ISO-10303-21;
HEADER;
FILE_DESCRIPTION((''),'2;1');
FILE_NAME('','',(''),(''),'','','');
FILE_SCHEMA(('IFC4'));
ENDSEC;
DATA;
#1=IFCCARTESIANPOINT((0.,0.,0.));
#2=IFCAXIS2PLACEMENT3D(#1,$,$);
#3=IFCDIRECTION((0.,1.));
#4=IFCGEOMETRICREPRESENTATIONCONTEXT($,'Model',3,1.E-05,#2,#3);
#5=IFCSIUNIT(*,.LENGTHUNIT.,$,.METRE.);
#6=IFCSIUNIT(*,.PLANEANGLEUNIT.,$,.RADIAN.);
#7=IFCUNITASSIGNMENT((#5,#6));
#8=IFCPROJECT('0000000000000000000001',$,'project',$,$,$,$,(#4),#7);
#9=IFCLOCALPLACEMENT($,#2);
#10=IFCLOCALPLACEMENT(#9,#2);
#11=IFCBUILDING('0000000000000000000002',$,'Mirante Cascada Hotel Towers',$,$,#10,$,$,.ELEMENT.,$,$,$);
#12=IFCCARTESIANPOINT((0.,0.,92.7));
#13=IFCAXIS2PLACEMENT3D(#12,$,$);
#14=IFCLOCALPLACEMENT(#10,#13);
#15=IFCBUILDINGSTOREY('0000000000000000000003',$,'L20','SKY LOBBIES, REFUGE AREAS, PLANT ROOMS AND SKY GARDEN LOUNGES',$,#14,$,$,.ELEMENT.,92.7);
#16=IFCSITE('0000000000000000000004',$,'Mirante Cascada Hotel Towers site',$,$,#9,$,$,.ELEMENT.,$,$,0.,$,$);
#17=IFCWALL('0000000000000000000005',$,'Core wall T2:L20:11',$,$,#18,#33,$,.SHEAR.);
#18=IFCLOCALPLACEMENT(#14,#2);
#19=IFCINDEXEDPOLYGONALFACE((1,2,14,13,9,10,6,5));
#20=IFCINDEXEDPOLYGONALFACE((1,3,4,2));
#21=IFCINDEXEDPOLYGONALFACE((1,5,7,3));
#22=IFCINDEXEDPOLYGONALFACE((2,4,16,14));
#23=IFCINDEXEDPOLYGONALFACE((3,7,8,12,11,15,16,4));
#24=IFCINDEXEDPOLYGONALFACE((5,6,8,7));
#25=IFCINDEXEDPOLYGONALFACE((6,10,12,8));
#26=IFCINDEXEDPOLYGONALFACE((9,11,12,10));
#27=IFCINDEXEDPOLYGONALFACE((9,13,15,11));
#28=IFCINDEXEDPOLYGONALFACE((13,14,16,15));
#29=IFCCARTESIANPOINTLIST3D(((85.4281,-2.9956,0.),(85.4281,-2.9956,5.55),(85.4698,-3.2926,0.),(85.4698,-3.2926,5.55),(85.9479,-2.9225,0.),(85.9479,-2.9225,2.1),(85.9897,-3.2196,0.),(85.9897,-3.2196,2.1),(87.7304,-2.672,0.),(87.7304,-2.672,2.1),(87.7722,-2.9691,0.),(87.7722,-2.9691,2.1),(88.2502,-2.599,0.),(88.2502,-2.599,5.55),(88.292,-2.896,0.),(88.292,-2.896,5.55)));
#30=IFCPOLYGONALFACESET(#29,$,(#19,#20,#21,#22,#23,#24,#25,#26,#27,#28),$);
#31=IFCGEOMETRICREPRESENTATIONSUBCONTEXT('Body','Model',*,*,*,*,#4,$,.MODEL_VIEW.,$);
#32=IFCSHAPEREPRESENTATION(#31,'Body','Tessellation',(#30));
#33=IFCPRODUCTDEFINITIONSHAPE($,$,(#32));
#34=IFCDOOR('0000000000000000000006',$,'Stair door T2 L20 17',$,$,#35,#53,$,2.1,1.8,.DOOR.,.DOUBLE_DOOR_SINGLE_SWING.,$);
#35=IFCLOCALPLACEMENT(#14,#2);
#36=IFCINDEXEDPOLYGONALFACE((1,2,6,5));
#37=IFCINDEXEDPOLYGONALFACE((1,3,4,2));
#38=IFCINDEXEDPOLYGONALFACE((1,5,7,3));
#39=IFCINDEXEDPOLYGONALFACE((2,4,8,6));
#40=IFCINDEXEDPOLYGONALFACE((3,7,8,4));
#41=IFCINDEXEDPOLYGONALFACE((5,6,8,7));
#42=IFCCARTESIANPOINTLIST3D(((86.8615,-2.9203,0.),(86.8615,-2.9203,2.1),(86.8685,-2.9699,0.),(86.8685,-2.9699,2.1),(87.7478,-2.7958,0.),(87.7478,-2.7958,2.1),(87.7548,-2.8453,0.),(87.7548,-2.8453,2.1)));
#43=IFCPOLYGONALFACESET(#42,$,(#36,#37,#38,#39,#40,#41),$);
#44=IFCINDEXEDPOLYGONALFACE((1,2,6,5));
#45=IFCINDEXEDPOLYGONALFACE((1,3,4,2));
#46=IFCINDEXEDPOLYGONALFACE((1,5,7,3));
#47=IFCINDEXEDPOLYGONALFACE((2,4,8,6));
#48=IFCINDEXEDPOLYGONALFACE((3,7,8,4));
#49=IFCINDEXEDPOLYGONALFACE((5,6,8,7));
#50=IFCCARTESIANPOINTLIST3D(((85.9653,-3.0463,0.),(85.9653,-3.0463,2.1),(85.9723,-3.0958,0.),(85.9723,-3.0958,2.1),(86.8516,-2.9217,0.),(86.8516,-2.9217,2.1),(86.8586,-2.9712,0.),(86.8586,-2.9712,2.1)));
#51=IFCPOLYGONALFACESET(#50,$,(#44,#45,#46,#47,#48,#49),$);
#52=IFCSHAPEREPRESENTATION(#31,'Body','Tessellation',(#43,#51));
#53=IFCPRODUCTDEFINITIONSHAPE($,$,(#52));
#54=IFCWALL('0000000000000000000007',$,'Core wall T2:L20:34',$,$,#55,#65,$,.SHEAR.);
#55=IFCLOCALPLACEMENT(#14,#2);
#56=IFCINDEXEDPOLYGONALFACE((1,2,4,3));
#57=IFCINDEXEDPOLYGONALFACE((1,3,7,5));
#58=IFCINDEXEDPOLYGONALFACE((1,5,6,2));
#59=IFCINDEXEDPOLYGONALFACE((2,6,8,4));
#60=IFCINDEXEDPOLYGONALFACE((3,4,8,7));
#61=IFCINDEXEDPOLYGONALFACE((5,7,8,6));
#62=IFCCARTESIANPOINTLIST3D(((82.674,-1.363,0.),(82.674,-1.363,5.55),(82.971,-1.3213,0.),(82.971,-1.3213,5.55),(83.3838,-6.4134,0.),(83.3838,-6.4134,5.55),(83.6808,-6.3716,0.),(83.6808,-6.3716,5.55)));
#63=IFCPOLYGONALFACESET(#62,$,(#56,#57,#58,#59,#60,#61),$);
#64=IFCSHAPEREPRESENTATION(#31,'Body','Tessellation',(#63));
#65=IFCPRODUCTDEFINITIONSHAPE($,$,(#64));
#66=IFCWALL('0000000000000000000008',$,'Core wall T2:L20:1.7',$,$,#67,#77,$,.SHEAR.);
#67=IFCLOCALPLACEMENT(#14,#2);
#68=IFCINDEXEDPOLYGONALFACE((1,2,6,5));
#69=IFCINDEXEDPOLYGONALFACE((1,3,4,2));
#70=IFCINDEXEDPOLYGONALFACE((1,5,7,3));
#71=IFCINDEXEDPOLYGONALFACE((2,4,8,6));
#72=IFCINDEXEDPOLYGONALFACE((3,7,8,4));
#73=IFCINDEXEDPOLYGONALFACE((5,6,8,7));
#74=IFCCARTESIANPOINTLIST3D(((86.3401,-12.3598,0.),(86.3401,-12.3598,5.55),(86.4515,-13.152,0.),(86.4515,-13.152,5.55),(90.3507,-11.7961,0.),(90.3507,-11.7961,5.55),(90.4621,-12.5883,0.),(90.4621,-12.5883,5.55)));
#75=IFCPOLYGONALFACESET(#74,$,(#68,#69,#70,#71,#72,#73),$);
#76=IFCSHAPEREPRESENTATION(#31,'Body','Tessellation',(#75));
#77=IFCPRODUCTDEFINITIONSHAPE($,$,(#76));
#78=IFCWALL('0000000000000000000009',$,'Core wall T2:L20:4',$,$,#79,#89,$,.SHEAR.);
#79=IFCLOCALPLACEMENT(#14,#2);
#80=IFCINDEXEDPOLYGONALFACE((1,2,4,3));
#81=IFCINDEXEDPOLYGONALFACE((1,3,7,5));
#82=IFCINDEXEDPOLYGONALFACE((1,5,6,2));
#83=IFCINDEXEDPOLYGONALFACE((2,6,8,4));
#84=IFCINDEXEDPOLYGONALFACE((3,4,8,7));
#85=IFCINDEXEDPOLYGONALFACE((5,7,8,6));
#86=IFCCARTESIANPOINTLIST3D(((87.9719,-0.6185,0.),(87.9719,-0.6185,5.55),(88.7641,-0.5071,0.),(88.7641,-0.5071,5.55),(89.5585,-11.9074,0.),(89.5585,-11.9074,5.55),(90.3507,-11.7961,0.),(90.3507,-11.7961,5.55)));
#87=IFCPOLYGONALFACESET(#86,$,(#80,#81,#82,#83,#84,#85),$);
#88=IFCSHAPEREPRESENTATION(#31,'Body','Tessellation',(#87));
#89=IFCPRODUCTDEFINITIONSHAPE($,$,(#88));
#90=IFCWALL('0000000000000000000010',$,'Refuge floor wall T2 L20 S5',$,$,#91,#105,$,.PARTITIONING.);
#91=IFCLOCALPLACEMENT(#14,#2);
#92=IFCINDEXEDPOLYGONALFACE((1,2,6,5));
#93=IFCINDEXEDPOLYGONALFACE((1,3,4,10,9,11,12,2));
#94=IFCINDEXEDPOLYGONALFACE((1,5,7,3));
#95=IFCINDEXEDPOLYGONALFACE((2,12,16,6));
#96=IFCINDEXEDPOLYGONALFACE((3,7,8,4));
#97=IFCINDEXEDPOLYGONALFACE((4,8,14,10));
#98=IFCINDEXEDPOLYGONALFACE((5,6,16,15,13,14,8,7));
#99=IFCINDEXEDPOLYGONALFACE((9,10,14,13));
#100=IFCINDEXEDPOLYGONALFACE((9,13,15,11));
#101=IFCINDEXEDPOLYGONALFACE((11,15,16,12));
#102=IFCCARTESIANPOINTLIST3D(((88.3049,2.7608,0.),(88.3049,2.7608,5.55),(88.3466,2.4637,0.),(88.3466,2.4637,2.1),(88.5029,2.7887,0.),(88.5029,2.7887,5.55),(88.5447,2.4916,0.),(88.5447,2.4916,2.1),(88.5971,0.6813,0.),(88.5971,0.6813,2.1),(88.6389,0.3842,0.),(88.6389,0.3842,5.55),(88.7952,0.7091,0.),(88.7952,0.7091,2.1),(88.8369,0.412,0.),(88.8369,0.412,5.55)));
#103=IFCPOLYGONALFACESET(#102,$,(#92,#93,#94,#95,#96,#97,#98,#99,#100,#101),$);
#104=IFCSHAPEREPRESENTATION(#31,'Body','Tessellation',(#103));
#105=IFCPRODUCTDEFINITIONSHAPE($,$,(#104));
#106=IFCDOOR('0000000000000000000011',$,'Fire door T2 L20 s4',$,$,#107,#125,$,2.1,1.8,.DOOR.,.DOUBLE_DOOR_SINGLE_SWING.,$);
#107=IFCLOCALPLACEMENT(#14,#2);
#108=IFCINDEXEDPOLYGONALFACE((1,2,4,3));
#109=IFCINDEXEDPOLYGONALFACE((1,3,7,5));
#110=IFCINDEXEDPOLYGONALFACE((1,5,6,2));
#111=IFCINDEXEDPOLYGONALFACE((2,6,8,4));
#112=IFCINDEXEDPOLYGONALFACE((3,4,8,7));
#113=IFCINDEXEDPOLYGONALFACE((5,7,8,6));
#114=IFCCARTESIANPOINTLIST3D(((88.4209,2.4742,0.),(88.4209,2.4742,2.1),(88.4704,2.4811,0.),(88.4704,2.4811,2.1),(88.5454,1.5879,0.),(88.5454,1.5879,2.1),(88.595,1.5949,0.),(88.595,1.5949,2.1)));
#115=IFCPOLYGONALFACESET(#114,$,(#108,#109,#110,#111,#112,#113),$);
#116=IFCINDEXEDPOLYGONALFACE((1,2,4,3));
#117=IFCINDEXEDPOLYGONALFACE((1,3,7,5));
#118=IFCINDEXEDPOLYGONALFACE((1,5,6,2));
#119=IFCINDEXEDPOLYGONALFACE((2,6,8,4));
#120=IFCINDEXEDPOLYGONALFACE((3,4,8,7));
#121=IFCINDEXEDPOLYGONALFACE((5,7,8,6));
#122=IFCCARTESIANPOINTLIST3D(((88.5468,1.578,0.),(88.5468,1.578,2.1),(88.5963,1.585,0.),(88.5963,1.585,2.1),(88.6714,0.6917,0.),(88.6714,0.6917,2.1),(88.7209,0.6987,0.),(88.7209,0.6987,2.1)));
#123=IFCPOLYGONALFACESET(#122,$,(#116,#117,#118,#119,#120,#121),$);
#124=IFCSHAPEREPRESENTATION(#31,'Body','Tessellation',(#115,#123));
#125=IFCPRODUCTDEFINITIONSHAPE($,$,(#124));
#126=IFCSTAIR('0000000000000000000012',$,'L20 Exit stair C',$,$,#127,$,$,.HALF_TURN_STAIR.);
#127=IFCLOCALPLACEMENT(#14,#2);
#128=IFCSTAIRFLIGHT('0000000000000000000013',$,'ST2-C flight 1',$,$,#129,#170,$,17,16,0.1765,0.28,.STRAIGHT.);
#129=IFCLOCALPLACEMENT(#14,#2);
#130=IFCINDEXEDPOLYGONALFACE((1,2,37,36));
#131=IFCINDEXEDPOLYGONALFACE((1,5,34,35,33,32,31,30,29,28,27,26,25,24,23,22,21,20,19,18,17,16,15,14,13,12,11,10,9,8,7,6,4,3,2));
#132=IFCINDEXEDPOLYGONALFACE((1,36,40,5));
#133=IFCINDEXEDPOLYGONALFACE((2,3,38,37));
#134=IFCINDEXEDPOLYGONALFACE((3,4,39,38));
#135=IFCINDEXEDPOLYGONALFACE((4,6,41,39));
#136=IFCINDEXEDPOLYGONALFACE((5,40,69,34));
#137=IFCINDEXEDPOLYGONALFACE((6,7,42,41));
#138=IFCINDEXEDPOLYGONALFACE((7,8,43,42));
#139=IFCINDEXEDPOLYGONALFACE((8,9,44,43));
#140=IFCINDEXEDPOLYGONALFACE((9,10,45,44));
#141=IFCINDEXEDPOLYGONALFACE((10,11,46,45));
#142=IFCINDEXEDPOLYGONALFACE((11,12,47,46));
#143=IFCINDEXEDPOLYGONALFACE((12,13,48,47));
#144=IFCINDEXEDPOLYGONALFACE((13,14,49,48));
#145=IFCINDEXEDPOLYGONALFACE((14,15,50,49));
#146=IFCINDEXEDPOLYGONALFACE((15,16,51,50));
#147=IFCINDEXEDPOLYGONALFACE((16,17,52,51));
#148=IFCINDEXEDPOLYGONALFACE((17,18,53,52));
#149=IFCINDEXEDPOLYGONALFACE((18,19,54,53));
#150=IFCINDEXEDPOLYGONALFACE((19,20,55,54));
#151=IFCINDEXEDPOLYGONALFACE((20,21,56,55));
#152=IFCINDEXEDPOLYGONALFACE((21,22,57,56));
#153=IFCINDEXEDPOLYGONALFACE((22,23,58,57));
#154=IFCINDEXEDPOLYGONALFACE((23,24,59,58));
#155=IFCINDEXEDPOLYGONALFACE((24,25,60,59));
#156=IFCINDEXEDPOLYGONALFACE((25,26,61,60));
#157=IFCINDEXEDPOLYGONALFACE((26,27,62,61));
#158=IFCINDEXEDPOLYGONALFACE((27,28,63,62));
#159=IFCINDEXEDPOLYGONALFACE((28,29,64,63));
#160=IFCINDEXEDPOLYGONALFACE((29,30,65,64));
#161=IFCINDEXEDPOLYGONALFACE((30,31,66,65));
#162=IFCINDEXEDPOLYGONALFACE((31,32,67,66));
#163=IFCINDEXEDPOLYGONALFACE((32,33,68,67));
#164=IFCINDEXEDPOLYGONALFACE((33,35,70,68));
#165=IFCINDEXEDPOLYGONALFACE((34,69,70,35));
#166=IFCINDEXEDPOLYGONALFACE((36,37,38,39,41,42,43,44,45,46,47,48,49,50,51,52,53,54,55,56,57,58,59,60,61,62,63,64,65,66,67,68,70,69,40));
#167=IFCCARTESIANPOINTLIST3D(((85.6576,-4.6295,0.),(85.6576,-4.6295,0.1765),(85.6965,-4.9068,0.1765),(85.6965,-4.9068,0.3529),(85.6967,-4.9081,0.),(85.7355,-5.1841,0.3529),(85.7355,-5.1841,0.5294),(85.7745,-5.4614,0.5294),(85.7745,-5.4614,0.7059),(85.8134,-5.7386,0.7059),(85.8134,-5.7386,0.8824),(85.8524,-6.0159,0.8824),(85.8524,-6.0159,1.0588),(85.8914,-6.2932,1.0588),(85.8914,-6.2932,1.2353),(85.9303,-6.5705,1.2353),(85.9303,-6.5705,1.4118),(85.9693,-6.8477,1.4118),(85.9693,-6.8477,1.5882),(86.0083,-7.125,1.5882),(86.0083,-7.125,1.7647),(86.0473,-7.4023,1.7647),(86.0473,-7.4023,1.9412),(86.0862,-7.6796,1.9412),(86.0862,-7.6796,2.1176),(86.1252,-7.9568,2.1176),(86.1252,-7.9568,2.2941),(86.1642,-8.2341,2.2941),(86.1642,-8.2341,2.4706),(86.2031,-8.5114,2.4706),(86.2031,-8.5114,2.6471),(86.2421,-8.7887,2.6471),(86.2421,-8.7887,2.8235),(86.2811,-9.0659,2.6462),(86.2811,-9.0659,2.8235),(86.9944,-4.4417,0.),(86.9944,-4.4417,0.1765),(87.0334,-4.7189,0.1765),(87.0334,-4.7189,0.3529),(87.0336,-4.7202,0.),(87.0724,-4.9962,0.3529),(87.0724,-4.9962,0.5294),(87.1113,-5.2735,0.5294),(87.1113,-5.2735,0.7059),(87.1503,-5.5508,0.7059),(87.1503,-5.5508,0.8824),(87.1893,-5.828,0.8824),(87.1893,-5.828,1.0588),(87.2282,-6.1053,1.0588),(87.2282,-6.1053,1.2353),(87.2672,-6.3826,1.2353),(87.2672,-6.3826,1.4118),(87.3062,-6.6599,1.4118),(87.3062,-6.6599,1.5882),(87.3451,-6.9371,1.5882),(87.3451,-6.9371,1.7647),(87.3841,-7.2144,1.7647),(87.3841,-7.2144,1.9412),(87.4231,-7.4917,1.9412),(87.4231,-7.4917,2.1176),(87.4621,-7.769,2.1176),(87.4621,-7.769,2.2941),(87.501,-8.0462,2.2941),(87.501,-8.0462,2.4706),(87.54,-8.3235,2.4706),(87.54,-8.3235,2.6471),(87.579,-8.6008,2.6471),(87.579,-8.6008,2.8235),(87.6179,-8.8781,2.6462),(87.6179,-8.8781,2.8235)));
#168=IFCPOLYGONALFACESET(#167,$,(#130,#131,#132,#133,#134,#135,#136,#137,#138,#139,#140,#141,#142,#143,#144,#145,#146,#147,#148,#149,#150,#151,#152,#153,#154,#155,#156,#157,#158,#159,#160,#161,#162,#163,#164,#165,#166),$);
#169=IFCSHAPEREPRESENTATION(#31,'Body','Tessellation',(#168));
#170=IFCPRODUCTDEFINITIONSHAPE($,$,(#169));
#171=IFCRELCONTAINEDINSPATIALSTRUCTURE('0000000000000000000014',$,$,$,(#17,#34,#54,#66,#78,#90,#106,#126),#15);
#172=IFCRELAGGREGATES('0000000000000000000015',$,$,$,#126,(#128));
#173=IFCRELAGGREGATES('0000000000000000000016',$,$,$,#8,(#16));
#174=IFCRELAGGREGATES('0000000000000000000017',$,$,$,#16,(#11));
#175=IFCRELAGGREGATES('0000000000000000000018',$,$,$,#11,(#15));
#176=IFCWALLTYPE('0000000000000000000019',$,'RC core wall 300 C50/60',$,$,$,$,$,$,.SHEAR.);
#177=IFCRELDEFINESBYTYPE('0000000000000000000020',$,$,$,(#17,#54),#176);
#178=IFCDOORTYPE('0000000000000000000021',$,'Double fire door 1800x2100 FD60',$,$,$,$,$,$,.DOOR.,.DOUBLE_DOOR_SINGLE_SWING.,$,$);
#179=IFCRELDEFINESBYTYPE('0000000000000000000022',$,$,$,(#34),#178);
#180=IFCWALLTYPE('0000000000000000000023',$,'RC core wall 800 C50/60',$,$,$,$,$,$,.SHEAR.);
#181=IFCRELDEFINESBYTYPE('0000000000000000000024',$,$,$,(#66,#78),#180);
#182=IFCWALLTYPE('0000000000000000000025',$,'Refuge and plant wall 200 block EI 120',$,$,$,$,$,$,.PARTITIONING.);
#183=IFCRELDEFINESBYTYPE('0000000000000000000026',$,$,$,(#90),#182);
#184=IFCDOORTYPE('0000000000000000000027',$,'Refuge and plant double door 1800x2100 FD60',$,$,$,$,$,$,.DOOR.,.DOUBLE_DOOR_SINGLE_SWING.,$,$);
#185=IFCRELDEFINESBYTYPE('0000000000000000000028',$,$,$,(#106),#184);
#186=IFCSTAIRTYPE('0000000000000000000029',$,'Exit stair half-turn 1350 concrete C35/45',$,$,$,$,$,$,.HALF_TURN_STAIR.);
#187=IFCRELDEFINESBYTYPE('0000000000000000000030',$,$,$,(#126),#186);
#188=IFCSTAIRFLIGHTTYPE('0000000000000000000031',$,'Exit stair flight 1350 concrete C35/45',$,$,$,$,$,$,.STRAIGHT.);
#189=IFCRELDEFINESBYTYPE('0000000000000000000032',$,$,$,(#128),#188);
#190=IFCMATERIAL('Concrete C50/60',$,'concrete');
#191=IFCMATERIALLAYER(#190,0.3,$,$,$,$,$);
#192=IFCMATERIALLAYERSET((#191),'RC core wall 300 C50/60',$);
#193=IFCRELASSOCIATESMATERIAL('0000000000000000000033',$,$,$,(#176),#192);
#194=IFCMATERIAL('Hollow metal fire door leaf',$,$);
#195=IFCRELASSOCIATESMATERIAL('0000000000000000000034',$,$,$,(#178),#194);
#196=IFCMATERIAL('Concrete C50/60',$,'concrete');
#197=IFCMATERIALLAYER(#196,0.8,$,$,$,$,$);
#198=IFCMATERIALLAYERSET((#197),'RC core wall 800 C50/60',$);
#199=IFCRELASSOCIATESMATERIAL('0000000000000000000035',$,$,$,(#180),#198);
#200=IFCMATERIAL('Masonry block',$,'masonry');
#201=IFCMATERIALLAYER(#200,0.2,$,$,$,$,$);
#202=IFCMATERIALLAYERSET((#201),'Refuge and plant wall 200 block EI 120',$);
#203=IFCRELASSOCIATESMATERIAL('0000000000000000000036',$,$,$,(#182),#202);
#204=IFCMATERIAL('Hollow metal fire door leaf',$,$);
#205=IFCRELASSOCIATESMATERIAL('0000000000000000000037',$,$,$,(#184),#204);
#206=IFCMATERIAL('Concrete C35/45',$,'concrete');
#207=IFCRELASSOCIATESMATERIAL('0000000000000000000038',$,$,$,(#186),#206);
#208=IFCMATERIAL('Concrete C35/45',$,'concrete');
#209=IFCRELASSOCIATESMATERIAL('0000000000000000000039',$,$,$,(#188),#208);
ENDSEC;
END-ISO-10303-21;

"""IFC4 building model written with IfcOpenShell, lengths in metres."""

from ifc_helpers import new_model, si_unit, direction, frame, frame_2d, origin, place, context, subcontext, project, spatial, polyline, rectangle, outline, extrude, material, layer, layer_set, type_object, element, fill, aggregate, save


model = new_model("IFC4")

# Units and contexts
model_context = context("Model", 3, precision=1e-05, world=origin(), true_north=direction((0.0, 1.0)))
body_context = subcontext(model_context, "Body", "Model", "MODEL_VIEW")
ifc_project = project(units=[si_unit("LENGTHUNIT", "METRE"), si_unit("PLANEANGLEUNIT", "RADIAN")], contexts=[model_context])

# Site, building, storey
site_placement = place(None, origin())
site = spatial("IfcSite", under=ifc_project, at=site_placement, Name="Mirante Cascada Hotel Towers site", CompositionType="ELEMENT", RefElevation=0.0)
building_placement = place(site_placement, origin())
building = spatial("IfcBuilding", under=site, at=building_placement, Name="Mirante Cascada Hotel Towers", CompositionType="ELEMENT")
storey_placement = place(building_placement, frame((0.0, 0.0, 92.7)))
storey = spatial("IfcBuildingStorey", under=building, at=storey_placement, Name="L20", Description="SKY LOBBIES, REFUGE AREAS, PLANT ROOMS AND SKY GARDEN LOUNGES", CompositionType="ELEMENT", Elevation=92.7)

# Shared definitions
ifc_material_1 = material(Name="Concrete C50/60", Category="concrete")
ifc_layer_1 = layer(ifc_material_1, 0.3)
ifc_layer_set_1 = layer_set([ifc_layer_1], Name="RC core wall 300 C50/60")
wall_type_1 = type_object("IfcWallType", Name="RC core wall 300 C50/60", PredefinedType="SHEAR", material=ifc_layer_set_1)

# Wall, opening, door
wall_1_placement = place(storey_placement, frame((85.4489, -3.1441, 0.0), z_axis=(0.0, 0.0, 1.0), x_axis=(0.99027, 0.139161, 0.0)))
wall_1 = element("IfcWall", 1, at=wall_1_placement, inside=storey, type_object=wall_type_1, Name="Core wall T2:L20:11", PredefinedType="SHEAR", context=body_context, shape_type="SweptSolid", body=[
    extrude(rectangle(XDim=2.8499, YDim=0.3, at=frame_2d((1.425, 0.0))), origin(), (0.0, 0.0, 1.0), 5.55),
])
opening_1_placement = place(wall_1_placement, frame((0.525, 0.0, 0.0)))
opening_1 = element("IfcOpeningElement", 2, at=opening_1_placement, cuts=wall_1, PredefinedType="OPENING", context=body_context, shape_type="SweptSolid", body=[
    extrude(rectangle(XDim=1.8, YDim=2.1, at=frame_2d((0.9, 1.05))), frame((0.0, 0.15, 0.0), z_axis=(0.0, -1.0, 0.0), x_axis=(1.0, 0.0, 0.0)), (0.0, 0.0, 1.0), 0.3),
])
ifc_material_2 = material(Name="Hollow metal fire door leaf")
door_type_1 = type_object("IfcDoorType", Name="Double fire door 1800x2100 FD60", OperationType="DOUBLE_DOOR_SINGLE_SWING", PredefinedType="DOOR", material=ifc_material_2)
door_1_placement = place(opening_1_placement, frame((1.8, 0.0, 0.0), z_axis=(0.0, 0.0, 1.0), x_axis=(-1.0, 0.0, 0.0)))
door_1 = element("IfcDoor", 3, at=door_1_placement, inside=storey, type_object=door_type_1, Name="Stair door T2 L20 17", OperationType="DOUBLE_DOOR_SINGLE_SWING", OverallHeight=2.1, OverallWidth=1.8, PredefinedType="DOOR", context=body_context, shape_type="SweptSolid", body=[
    extrude(rectangle(XDim=0.895, YDim=2.1, at=frame_2d((0.4475, 1.05))), frame((0.0, 0.025, 0.0), z_axis=(0.0, -1.0, 0.0), x_axis=(1.0, 0.0, 0.0)), (0.0, 0.0, 1.0), 0.05),
    extrude(rectangle(XDim=0.895, YDim=2.1, at=frame_2d((1.3525, 1.05))), frame((0.0, 0.025, 0.0), z_axis=(0.0, -1.0, 0.0), x_axis=(1.0, 0.0, 0.0)), (0.0, 0.0, 1.0), 0.05),
])
fill(opening_1, door_1)

# Walls
wall_2_placement = place(storey_placement, frame((83.5323, -6.3925, 0.0), z_axis=(0.0, 0.0, 1.0), x_axis=(-0.139176, 0.990268, 0.0)))
element("IfcWall", 4, at=wall_2_placement, inside=storey, type_object=wall_type_1, Name="Core wall T2:L20:34", PredefinedType="SHEAR", context=body_context, shape_type="SweptSolid", body=[
    extrude(rectangle(XDim=5.1, YDim=0.3, at=frame_2d((2.55, 0.0))), origin(), (0.0, 0.0, 1.0), 5.55),
])
ifc_material_3 = material(Name="Concrete C50/60", Category="concrete")
ifc_layer_2 = layer(ifc_material_3, 0.8)
ifc_layer_set_2 = layer_set([ifc_layer_2], Name="RC core wall 800 C50/60")
wall_type_2 = type_object("IfcWallType", Name="RC core wall 800 C50/60", PredefinedType="SHEAR", material=ifc_layer_set_2)
wall_3_placement = place(storey_placement, frame((86.3958, -12.7559, 0.0), z_axis=(0.0, 0.0, 1.0), x_axis=(0.990267, 0.139184, 0.0)))
element("IfcWall", 5, at=wall_3_placement, inside=storey, type_object=wall_type_2, Name="Core wall T2:L20:1.7", PredefinedType="SHEAR", context=body_context, shape_type="SweptSolid", body=[
    extrude(rectangle(XDim=4.05, YDim=0.8, at=frame_2d((2.025, 0.0))), origin(), (0.0, 0.0, 1.0), 5.55),
])
wall_4_placement = place(storey_placement, frame((89.9546, -11.8518, 0.0), z_axis=(0.0, 0.0, 1.0), x_axis=(-0.139176, 0.990268, 0.0)))
element("IfcWall", 6, at=wall_4_placement, inside=storey, type_object=wall_type_2, Name="Core wall T2:L20:4", PredefinedType="SHEAR", context=body_context, shape_type="SweptSolid", body=[
    extrude(rectangle(XDim=11.3999, YDim=0.8, at=frame_2d((5.7, 0.0))), origin(), (0.0, 0.0, 1.0), 5.55),
])

# Wall, opening, door
ifc_material_4 = material(Name="Masonry block", Category="masonry")
ifc_layer_3 = layer(ifc_material_4, 0.2)
ifc_layer_set_3 = layer_set([ifc_layer_3], Name="Refuge and plant wall 200 block EI 120")
wall_type_3 = type_object("IfcWallType", Name="Refuge and plant wall 200 block EI 120", PredefinedType="PARTITIONING", material=ifc_layer_set_3)
wall_5_placement = place(storey_placement, frame((88.7379, 0.3981, 0.0), z_axis=(0.0, 0.0, 1.0), x_axis=(-0.139169, 0.990269, 0.0)))
wall_5 = element("IfcWall", 7, at=wall_5_placement, inside=storey, type_object=wall_type_3, Name="Refuge floor wall T2 L20 S5", PredefinedType="PARTITIONING", context=body_context, shape_type="SweptSolid", body=[
    extrude(rectangle(XDim=2.4, YDim=0.2, at=frame_2d((1.2, 0.0))), origin(), (0.0, 0.0, 1.0), 5.55),
])
opening_2_placement = place(wall_5_placement, frame((0.3, 0.0, 0.0)))
opening_2 = element("IfcOpeningElement", 8, at=opening_2_placement, cuts=wall_5, PredefinedType="OPENING", context=body_context, shape_type="SweptSolid", body=[
    extrude(rectangle(XDim=1.8, YDim=2.1, at=frame_2d((0.9, 1.05))), frame((0.0, 0.1, 0.0), z_axis=(0.0, -1.0, 0.0), x_axis=(1.0, 0.0, 0.0)), (0.0, 0.0, 1.0), 0.2),
])
ifc_material_5 = material(Name="Hollow metal fire door leaf")
door_type_2 = type_object("IfcDoorType", Name="Refuge and plant double door 1800x2100 FD60", OperationType="DOUBLE_DOOR_SINGLE_SWING", PredefinedType="DOOR", material=ifc_material_5)
door_2_placement = place(opening_2_placement, frame((1.8, 0.0, 0.0), z_axis=(0.0, 0.0, 1.0), x_axis=(-1.0, 0.0, 0.0)))
door_2 = element("IfcDoor", 9, at=door_2_placement, inside=storey, type_object=door_type_2, Name="Fire door T2 L20 s4", OperationType="DOUBLE_DOOR_SINGLE_SWING", OverallHeight=2.1, OverallWidth=1.8, PredefinedType="DOOR", context=body_context, shape_type="SweptSolid", body=[
    extrude(rectangle(XDim=0.895, YDim=2.1, at=frame_2d((0.4475, 1.05))), frame((0.0, 0.025, 0.0), z_axis=(0.0, -1.0, 0.0), x_axis=(1.0, 0.0, 0.0)), (0.0, 0.0, 1.0), 0.05),
    extrude(rectangle(XDim=0.895, YDim=2.1, at=frame_2d((1.3525, 1.05))), frame((0.0, 0.025, 0.0), z_axis=(0.0, -1.0, 0.0), x_axis=(1.0, 0.0, 0.0)), (0.0, 0.0, 1.0), 0.05),
])
fill(opening_2, door_2)

# Stair, stair flight
ifc_material_6 = material(Name="Concrete C35/45", Category="concrete")
stair_type = type_object("IfcStairType", Name="Exit stair half-turn 1350 concrete C35/45", PredefinedType="HALF_TURN_STAIR", material=ifc_material_6)
stair_placement = place(storey_placement, origin())
stair = element("IfcStair", 10, at=stair_placement, inside=storey, type_object=stair_type, Name="L20 Exit stair C", PredefinedType="HALF_TURN_STAIR")
ifc_material_7 = material(Name="Concrete C35/45", Category="concrete")
stair_flight_type = type_object("IfcStairFlightType", Name="Exit stair flight 1350 concrete C35/45", PredefinedType="STRAIGHT", material=ifc_material_7)
stair_flight_1_placement = place(storey_placement, frame((86.326, -4.5356, 0.0), z_axis=(0.0, 0.0, 1.0), x_axis=(0.139173, -0.990268, 0.0)))
stair_flight_1 = element("IfcStairFlight", 11, at=stair_flight_1_placement, type_object=stair_flight_type, Name="ST2-C flight 1", NumberOfRisers=17, NumberOfTreads=16, PredefinedType="STRAIGHT", RiserHeight=0.1765, TreadLength=0.28, context=body_context, shape_type="SweptSolid", body=[
    extrude(outline(polyline([(0.0, 0.0), (0.0, 0.1765), (0.28, 0.1765), (0.28, 0.3529), (0.56, 0.3529), (0.56, 0.5294), (0.84, 0.5294), (0.84, 0.7059), (1.12, 0.7059), (1.12, 0.8824), (1.4, 0.8824), (1.4, 1.0588), (1.68, 1.0588), (1.68, 1.2353), (1.96, 1.2353), (1.96, 1.4118), (2.24, 1.4118), (2.24, 1.5882), (2.52, 1.5882), (2.52, 1.7647), (2.8, 1.7647), (2.8, 1.9412), (3.08, 1.9412), (3.08, 2.1176), (3.36, 2.1176), (3.36, 2.2941), (3.64, 2.2941), (3.64, 2.4706), (3.92, 2.4706), (3.92, 2.6471), (4.2, 2.6471), (4.2, 2.8235), (4.48, 2.8235), (4.48, 3.0), (4.48, 2.6462), (0.2813, 0.0), (0.0, 0.0)])), frame((0.0, 0.675, 0.0), z_axis=(0.0, -1.0, 0.0), x_axis=(1.0, 0.0, 0.0)), (0.0, 0.0, 1.0), 1.35),
])
aggregate(stair, [stair_flight_1])

save(model, "model.ifc")
